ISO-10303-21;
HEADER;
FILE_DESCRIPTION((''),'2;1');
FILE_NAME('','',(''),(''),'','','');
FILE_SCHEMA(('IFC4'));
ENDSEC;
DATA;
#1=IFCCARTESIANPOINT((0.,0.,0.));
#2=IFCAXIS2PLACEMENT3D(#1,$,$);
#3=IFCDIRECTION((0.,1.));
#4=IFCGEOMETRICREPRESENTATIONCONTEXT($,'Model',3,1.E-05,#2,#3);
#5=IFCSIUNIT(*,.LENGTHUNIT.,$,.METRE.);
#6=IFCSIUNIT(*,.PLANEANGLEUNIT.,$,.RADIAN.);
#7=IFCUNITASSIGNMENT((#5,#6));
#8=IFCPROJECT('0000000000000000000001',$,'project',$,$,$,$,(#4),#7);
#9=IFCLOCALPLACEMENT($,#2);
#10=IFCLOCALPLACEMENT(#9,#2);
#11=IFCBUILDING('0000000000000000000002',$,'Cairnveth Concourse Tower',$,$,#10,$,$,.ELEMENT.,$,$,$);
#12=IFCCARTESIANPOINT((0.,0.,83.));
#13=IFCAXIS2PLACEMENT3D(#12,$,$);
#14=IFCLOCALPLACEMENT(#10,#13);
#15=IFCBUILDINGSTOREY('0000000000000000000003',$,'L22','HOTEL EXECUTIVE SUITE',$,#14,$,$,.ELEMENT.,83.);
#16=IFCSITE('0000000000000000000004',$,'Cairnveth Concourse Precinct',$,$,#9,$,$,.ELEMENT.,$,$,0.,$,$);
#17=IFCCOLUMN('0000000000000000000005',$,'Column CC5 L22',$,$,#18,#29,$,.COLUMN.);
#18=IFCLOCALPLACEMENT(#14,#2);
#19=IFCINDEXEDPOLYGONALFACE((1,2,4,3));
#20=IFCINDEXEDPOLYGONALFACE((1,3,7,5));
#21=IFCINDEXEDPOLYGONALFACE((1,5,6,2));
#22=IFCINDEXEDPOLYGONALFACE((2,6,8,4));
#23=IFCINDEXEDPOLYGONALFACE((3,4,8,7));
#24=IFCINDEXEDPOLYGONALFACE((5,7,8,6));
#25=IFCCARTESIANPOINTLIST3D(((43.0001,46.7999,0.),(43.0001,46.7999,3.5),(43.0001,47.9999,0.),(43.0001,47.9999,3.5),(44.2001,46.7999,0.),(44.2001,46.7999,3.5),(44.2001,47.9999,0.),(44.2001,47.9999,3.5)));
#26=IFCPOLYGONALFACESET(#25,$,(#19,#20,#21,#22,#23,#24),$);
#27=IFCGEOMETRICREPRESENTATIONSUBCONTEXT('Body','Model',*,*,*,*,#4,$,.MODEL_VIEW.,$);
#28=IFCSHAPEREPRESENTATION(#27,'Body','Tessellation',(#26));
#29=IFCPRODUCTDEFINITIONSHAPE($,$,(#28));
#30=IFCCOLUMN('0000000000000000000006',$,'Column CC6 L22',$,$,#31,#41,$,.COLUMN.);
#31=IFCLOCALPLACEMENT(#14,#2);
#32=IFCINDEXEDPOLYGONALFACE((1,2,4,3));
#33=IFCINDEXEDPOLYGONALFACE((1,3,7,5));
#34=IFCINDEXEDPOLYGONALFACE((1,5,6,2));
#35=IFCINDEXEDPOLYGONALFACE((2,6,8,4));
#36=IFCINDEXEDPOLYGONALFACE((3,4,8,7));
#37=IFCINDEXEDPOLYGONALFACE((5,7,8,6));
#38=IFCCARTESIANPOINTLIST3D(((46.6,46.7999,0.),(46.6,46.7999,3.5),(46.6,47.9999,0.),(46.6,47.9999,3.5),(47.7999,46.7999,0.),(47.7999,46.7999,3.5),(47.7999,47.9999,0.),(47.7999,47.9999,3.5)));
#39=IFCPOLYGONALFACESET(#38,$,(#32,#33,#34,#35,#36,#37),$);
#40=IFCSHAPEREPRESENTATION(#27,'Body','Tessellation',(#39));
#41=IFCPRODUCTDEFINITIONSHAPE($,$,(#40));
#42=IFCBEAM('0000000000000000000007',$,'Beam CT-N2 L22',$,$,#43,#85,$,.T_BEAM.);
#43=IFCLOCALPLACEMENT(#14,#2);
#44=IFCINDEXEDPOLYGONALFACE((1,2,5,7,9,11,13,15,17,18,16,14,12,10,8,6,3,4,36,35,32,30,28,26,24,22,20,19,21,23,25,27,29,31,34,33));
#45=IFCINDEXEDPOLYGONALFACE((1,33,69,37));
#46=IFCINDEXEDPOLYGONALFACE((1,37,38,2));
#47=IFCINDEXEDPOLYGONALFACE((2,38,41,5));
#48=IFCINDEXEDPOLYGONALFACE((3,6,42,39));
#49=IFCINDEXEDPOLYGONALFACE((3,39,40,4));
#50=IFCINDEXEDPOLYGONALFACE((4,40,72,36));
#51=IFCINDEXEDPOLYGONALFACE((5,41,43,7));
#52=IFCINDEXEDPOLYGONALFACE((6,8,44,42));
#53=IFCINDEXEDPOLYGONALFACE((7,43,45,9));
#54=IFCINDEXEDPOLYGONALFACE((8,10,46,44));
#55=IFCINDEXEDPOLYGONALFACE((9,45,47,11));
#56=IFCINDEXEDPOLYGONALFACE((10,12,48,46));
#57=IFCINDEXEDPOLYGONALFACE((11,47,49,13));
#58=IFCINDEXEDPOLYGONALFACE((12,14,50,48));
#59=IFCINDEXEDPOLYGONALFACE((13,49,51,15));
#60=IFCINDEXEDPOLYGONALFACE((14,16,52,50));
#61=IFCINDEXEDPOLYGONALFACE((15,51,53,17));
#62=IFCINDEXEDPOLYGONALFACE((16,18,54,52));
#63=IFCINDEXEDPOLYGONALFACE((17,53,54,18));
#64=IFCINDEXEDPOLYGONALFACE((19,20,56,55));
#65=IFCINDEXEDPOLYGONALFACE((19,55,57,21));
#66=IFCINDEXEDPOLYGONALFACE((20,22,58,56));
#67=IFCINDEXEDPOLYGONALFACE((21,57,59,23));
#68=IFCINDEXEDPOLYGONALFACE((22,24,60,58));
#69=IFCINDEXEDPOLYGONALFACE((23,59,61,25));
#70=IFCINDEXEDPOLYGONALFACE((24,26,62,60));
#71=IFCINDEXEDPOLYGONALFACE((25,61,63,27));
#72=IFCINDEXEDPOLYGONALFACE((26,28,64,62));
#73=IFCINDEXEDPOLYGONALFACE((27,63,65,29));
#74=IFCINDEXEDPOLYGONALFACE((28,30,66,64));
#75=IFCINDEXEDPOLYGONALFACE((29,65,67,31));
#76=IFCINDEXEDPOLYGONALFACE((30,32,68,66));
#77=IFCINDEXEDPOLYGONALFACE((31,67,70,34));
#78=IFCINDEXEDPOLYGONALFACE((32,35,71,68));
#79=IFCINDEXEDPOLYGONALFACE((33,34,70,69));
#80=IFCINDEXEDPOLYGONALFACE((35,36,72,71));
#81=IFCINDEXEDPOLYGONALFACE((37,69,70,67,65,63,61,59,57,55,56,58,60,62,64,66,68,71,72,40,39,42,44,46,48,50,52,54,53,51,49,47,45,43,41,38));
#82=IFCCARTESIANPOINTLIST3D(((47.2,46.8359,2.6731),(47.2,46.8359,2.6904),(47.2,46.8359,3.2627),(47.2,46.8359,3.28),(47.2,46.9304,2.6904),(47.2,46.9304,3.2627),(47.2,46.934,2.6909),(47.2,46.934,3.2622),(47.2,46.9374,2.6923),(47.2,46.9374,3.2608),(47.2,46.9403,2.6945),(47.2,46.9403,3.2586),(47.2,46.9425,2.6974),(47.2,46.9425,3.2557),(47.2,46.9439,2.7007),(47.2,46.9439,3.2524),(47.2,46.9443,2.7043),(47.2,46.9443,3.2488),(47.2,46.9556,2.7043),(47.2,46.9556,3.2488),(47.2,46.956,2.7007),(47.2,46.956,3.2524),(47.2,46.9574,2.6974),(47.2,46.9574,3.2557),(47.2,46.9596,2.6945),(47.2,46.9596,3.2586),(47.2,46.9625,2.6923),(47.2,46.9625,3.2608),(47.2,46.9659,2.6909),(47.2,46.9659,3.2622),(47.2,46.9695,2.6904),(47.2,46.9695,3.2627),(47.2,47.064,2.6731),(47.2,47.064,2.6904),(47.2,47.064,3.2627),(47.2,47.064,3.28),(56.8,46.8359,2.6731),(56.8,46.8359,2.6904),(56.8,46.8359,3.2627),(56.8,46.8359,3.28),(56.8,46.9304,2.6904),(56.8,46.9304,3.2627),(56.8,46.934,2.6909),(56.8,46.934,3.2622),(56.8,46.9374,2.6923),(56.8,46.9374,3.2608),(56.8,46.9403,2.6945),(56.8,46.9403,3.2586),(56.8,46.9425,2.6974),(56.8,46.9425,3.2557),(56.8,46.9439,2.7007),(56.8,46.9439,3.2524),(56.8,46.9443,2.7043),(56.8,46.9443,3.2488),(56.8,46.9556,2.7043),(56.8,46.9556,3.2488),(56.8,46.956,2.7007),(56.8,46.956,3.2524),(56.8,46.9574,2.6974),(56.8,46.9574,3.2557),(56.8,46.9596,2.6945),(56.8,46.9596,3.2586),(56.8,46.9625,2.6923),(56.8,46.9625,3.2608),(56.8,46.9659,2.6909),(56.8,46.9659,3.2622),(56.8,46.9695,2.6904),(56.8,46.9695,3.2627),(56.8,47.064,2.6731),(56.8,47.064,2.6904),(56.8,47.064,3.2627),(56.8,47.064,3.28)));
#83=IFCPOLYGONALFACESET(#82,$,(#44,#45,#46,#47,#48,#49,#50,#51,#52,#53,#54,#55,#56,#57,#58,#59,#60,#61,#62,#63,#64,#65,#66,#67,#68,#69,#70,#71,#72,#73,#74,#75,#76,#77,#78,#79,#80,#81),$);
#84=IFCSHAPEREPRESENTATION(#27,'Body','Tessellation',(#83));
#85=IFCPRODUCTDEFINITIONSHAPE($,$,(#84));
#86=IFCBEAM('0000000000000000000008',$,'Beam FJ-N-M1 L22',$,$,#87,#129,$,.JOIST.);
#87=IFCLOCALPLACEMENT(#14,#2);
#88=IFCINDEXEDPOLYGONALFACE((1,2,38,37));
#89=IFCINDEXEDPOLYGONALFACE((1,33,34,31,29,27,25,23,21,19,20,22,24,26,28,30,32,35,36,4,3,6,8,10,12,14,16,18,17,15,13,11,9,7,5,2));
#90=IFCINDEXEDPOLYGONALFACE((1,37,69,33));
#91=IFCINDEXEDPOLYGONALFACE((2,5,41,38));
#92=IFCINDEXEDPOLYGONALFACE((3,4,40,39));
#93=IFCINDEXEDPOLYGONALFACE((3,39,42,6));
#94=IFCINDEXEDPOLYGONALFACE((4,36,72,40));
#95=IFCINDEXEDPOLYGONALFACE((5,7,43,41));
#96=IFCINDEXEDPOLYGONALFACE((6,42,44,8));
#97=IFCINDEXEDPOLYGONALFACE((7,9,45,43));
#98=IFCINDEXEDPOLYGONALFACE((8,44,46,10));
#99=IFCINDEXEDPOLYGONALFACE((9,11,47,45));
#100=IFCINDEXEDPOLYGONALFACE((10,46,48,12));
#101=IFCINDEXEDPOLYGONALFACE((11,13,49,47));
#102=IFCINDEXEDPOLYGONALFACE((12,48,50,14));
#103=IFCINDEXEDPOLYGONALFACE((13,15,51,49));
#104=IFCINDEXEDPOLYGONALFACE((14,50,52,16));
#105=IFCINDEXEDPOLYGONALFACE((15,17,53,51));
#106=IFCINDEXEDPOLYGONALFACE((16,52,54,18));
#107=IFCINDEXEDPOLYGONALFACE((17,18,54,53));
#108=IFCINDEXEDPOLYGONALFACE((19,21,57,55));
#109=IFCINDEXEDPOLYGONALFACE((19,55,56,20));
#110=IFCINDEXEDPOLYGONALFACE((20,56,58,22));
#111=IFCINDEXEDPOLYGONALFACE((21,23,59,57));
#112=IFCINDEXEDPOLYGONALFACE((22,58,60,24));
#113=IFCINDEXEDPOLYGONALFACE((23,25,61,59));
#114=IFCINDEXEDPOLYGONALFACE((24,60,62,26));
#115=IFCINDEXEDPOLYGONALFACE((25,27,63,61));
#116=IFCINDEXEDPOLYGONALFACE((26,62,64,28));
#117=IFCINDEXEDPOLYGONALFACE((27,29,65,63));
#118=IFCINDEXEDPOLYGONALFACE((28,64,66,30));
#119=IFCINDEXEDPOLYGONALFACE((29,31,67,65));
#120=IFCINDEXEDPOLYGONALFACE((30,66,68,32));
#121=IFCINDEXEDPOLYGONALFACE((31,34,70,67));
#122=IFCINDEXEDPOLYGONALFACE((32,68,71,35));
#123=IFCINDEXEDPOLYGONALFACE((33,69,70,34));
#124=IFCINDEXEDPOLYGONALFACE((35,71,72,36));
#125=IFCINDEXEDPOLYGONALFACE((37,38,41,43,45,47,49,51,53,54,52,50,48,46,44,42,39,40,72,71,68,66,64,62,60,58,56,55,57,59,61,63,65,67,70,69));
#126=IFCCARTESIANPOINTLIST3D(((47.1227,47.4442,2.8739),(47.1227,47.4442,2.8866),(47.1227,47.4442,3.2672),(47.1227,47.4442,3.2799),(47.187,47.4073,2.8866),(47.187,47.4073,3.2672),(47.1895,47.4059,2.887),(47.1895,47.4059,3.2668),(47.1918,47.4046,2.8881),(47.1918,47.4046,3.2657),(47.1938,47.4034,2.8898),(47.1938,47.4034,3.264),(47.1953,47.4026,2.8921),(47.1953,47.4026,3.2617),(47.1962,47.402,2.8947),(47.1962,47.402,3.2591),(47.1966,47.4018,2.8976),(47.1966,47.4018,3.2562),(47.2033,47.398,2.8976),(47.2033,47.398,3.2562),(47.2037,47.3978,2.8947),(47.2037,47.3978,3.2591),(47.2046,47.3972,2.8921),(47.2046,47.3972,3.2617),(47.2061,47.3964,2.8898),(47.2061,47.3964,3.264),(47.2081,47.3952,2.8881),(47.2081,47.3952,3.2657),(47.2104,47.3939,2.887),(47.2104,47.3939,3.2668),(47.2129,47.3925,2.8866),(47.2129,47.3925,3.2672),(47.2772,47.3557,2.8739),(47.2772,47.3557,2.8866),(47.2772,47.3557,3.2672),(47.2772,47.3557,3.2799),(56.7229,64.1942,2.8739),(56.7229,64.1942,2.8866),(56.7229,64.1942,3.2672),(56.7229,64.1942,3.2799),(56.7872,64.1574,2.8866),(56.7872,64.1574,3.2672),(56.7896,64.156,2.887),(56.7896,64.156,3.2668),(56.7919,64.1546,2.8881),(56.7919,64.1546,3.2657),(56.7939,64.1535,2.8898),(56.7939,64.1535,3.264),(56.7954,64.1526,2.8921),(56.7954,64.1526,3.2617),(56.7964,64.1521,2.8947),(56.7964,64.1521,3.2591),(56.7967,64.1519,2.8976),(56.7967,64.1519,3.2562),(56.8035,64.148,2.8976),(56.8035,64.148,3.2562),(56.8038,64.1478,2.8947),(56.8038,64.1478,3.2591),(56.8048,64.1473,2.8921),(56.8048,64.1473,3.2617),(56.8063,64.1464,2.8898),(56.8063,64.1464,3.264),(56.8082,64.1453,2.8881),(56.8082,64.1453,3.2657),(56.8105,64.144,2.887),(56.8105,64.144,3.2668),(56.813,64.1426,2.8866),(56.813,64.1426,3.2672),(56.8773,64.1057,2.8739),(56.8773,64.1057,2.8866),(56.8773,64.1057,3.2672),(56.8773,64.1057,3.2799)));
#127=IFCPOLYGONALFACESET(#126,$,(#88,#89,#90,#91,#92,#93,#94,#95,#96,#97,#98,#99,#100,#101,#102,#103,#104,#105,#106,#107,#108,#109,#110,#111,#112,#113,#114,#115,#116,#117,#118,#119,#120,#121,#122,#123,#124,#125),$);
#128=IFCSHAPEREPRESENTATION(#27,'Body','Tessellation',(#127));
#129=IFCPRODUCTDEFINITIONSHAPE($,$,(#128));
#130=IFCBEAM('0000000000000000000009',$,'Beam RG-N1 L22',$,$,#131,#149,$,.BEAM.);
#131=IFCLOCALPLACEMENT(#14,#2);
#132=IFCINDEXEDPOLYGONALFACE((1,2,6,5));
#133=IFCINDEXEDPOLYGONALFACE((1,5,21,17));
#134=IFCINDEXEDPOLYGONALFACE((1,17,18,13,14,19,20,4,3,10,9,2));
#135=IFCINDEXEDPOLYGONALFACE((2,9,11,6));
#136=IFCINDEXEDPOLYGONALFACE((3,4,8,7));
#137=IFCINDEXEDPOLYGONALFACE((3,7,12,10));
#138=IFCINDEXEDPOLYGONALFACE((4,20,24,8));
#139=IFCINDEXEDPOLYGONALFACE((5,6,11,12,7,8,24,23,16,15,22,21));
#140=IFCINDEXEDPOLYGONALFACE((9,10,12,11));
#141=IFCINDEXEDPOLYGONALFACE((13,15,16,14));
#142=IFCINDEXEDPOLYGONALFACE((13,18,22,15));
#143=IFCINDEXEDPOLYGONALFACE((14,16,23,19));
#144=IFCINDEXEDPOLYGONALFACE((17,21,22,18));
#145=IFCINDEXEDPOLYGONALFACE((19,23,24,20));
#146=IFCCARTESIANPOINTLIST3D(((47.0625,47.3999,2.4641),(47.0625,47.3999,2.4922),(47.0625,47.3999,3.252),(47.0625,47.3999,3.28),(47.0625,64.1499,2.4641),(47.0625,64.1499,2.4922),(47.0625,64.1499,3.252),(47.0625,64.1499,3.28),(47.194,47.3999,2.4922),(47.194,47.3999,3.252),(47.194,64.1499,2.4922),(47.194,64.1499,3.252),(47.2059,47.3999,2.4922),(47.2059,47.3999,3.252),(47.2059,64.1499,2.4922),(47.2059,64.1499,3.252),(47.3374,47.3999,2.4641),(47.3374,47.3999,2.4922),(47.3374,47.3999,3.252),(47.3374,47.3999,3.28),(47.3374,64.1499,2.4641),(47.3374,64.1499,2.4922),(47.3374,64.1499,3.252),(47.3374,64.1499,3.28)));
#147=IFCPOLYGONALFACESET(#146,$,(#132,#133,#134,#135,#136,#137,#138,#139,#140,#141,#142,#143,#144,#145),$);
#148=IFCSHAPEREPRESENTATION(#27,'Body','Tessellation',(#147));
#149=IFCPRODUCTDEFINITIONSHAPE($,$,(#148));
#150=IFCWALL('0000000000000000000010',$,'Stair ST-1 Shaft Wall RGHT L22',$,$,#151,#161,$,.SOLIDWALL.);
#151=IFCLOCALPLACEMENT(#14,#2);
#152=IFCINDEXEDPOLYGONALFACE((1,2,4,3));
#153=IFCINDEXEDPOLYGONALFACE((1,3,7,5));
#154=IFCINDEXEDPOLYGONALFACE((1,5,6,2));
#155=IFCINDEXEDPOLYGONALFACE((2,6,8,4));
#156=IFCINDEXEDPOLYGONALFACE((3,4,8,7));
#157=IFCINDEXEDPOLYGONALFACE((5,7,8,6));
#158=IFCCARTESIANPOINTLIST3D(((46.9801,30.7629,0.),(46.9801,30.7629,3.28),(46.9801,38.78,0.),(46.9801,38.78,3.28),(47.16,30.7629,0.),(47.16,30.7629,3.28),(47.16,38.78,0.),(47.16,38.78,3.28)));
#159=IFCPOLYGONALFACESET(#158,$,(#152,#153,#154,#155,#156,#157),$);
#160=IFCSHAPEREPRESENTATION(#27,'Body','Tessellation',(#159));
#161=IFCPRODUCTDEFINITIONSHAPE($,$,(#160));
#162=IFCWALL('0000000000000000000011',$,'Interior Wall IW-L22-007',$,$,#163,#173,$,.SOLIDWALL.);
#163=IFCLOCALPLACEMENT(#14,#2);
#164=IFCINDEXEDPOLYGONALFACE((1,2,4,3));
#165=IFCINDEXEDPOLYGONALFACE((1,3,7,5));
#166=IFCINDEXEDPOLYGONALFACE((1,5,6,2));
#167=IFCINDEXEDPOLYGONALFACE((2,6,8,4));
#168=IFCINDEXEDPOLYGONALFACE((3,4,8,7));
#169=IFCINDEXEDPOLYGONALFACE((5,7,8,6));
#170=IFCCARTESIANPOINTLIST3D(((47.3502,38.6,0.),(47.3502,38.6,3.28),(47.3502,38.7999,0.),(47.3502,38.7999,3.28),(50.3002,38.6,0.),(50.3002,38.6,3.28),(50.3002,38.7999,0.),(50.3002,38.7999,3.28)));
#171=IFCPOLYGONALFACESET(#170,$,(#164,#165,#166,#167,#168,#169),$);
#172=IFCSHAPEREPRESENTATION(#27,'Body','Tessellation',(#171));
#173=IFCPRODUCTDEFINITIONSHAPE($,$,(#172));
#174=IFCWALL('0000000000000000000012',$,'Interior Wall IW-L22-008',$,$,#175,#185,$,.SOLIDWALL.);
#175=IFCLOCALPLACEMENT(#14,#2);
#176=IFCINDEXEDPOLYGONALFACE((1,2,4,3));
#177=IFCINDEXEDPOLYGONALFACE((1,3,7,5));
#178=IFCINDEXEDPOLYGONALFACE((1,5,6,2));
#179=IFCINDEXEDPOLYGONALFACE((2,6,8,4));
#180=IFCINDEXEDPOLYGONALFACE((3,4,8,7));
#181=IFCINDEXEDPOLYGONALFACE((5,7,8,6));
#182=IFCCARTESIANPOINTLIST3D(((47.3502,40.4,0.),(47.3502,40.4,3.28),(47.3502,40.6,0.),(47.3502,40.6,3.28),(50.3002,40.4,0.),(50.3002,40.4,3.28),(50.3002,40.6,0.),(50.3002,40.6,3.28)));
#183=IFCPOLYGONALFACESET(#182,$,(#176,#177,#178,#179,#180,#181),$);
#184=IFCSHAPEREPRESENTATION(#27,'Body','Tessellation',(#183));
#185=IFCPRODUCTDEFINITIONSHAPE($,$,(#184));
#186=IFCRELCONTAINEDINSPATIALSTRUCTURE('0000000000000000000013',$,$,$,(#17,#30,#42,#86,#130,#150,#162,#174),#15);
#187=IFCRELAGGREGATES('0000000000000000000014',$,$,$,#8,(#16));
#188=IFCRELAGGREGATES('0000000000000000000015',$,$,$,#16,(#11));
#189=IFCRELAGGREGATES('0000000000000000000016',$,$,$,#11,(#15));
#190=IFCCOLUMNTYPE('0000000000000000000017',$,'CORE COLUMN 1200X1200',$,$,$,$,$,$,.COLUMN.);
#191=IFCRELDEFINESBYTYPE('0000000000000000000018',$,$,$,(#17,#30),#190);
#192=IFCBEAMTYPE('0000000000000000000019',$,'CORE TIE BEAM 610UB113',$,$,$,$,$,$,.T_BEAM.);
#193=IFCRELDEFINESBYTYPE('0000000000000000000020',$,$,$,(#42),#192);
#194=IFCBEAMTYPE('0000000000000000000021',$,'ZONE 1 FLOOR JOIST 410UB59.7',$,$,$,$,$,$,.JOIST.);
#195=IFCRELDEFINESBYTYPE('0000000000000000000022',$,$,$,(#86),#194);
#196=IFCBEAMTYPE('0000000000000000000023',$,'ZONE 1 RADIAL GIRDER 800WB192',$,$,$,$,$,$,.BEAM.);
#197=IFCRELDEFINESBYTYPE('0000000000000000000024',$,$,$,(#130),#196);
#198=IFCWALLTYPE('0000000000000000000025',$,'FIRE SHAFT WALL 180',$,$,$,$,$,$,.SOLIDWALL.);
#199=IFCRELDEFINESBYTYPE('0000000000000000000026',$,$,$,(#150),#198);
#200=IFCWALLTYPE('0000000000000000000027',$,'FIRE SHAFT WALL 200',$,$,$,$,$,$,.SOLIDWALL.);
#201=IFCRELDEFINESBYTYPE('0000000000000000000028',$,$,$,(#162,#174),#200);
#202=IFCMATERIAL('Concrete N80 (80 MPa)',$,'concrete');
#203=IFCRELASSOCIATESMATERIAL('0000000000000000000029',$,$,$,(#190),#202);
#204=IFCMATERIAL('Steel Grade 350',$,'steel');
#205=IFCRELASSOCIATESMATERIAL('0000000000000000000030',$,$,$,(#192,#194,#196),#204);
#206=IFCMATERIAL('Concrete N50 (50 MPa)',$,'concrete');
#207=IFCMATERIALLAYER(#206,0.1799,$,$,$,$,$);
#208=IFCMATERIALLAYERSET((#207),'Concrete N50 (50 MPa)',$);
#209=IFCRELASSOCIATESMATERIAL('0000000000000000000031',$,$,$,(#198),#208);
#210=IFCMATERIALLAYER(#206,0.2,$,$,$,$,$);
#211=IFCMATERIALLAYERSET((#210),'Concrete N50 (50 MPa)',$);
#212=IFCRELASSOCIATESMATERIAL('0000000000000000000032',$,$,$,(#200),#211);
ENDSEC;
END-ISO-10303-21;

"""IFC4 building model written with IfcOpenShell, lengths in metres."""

from ifc_helpers import new_model, si_unit, direction, frame, frame_2d, origin, origin_2d, place, context, subcontext, project, spatial, rectangle, i_section, extrude, material, layer, layer_set, material_profile, profile_set, type_object, element, save


model = new_model("IFC4")

# Units and contexts
model_context = context("Model", 3, precision=1e-05, world=origin(), true_north=direction((0.0, 1.0)))
body_context = subcontext(model_context, "Body", "Model", "MODEL_VIEW")
ifc_project = project(units=[si_unit("LENGTHUNIT", "METRE"), si_unit("PLANEANGLEUNIT", "RADIAN")], contexts=[model_context])

# Site, building, storey
site_placement = place(None, origin())
site = spatial("IfcSite", under=ifc_project, at=site_placement, Name="Cairnveth Concourse Precinct", CompositionType="ELEMENT", RefElevation=0.0)
building_placement = place(site_placement, origin())
building = spatial("IfcBuilding", under=site, at=building_placement, Name="Cairnveth Concourse Tower", CompositionType="ELEMENT")
storey_placement = place(building_placement, frame((0.0, 0.0, 83.0)))
storey = spatial("IfcBuildingStorey", under=building, at=storey_placement, Name="L22", Description="HOTEL EXECUTIVE SUITE", CompositionType="ELEMENT", Elevation=83.0)

# Columns
ifc_material_1 = material(Name="Concrete N80 (80 MPa)", Category="concrete")
ifc_material_profile_1 = material_profile(ifc_material_1, rectangle(XDim=1.2, YDim=1.2, at=origin_2d()), Name="RC-COL-1200x1200")
ifc_profile_set_1 = profile_set([ifc_material_profile_1], Name="Concrete N80 (80 MPa)")
column_type = type_object("IfcColumnType", Name="CORE COLUMN 1200X1200", PredefinedType="COLUMN", material=ifc_profile_set_1)
for number, where, z_axis, x_axis, name in (
    (1, (43.6001, 47.3999, 0.0), (0.0, 0.0, 1.0), (1.0, 0.0, 0.0), "Column CC5 L22"),
    (2, (47.2, 47.3999, 0.0), (0.0, 0.0, 1.0), (1.0, 0.0, 0.0), "Column CC6 L22"),
):
    element("IfcColumn", number, at=place(storey_placement, frame(where, z_axis=z_axis, x_axis=x_axis)), inside=storey, type_object=column_type, Name=name, PredefinedType="COLUMN", context=body_context, shape_type="SweptSolid", body=[
        extrude(rectangle(XDim=1.2, YDim=1.2, at=origin_2d()), origin(), (0.0, 0.0, 1.0), 3.5),
    ])

# Beams
ifc_material_2 = material(Name="Steel Grade 350", Category="steel")
ifc_material_profile_2 = material_profile(ifc_material_2, i_section(OverallWidth=0.228, OverallDepth=0.6069, WebThickness=0.0112, FlangeThickness=0.0173, FilletRadius=0.0139, at=origin_2d()), Name="610UB113")
ifc_profile_set_2 = profile_set([ifc_material_profile_2], Name="Steel Grade 350")
beam_type_1 = type_object("IfcBeamType", Name="CORE TIE BEAM 610UB113", PredefinedType="T_BEAM", material=ifc_profile_set_2)
beam_1_placement = place(storey_placement, frame((47.2, 46.95, 2.9766), z_axis=(1.0, 0.0, 0.0), x_axis=(0.0, 1.0, 0.0)))
element("IfcBeam", 3, at=beam_1_placement, inside=storey, type_object=beam_type_1, Name="Beam CT-N2 L22", PredefinedType="T_BEAM", context=body_context, shape_type="SweptSolid", body=[
    extrude(i_section(OverallWidth=0.228, OverallDepth=0.6069, WebThickness=0.0112, FlangeThickness=0.0173, FilletRadius=0.0139, at=origin_2d()), origin(), (0.0, 0.0, 1.0), 9.6001),
])
ifc_material_profile_3 = material_profile(ifc_material_2, i_section(OverallWidth=0.178, OverallDepth=0.406, WebThickness=0.0078, FlangeThickness=0.0127, FilletRadius=0.011, at=origin_2d()), Name="410UB59.7")
ifc_profile_set_3 = profile_set([ifc_material_profile_3], Name="Steel Grade 350")
beam_type_2 = type_object("IfcBeamType", Name="ZONE 1 FLOOR JOIST 410UB59.7", PredefinedType="JOIST", material=ifc_profile_set_3)
beam_2_placement = place(storey_placement, frame((47.2, 47.3999, 3.0769), z_axis=(0.497258, 0.867603, 0.0), x_axis=(-0.867603, 0.497258, 0.0)))
element("IfcBeam", 4, at=beam_2_placement, inside=storey, type_object=beam_type_2, Name="Beam FJ-N-M1 L22", PredefinedType="JOIST", context=body_context, shape_type="SweptSolid", body=[
    extrude(i_section(OverallWidth=0.178, OverallDepth=0.406, WebThickness=0.0078, FlangeThickness=0.0127, FilletRadius=0.011, at=origin_2d()), origin(), (0.0, 0.0, 1.0), 19.3062),
])
ifc_material_profile_4 = material_profile(ifc_material_2, i_section(OverallWidth=0.2749, OverallDepth=0.8159, WebThickness=0.012, FlangeThickness=0.0281, at=origin_2d()), Name="800WB192")
ifc_profile_set_4 = profile_set([ifc_material_profile_4], Name="Steel Grade 350")
beam_type_3 = type_object("IfcBeamType", Name="ZONE 1 RADIAL GIRDER 800WB192", PredefinedType="BEAM", material=ifc_profile_set_4)
beam_3_placement = place(storey_placement, frame((47.2, 47.3999, 2.8721), z_axis=(0.0, 1.0, 0.0), x_axis=(-1.0, 0.0, 0.0)))
element("IfcBeam", 5, at=beam_3_placement, inside=storey, type_object=beam_type_3, Name="Beam RG-N1 L22", PredefinedType="BEAM", context=body_context, shape_type="SweptSolid", body=[
    extrude(i_section(OverallWidth=0.2749, OverallDepth=0.8159, WebThickness=0.012, FlangeThickness=0.0281, at=origin_2d()), origin(), (0.0, 0.0, 1.0), 16.75),
])

# Shared definitions
ifc_material_3 = material(Name="Concrete N50 (50 MPa)", Category="concrete")
ifc_layer_1 = layer(ifc_material_3, 0.1799)
ifc_layer_set_1 = layer_set([ifc_layer_1], Name="Concrete N50 (50 MPa)")
wall_type_1 = type_object("IfcWallType", Name="FIRE SHAFT WALL 180", PredefinedType="SOLIDWALL", material=ifc_layer_set_1)

# Walls
wall_1_placement = place(storey_placement, frame((47.0701, 38.78, 0.0), z_axis=(0.0, 0.0, 1.0), x_axis=(0.0, -1.0, 0.0)))
element("IfcWall", 6, at=wall_1_placement, inside=storey, type_object=wall_type_1, Name="Stair ST-1 Shaft Wall RGHT L22", PredefinedType="SOLIDWALL", context=body_context, shape_type="SweptSolid", body=[
    extrude(rectangle(XDim=8.0171, YDim=0.1799, at=frame_2d((4.0085, 0.0))), origin(), (0.0, 0.0, 1.0), 3.28),
])
ifc_layer_2 = layer(ifc_material_3, 0.2)
ifc_layer_set_2 = layer_set([ifc_layer_2], Name="Concrete N50 (50 MPa)")
wall_type_2 = type_object("IfcWallType", Name="FIRE SHAFT WALL 200", PredefinedType="SOLIDWALL", material=ifc_layer_set_2)
for number, where, z_axis, x_axis, name in (
    (7, (47.3501, 38.7, 0.0), (0.0, 0.0, 1.0), (1.0, 0.0, 0.0), "Interior Wall IW-L22-007"),
    (8, (47.3501, 40.5, 0.0), (0.0, 0.0, 1.0), (1.0, 0.0, 0.0), "Interior Wall IW-L22-008"),
):
    element("IfcWall", number, at=place(storey_placement, frame(where, z_axis=z_axis, x_axis=x_axis)), inside=storey, type_object=wall_type_2, Name=name, PredefinedType="SOLIDWALL", context=body_context, shape_type="SweptSolid", body=[
        extrude(rectangle(XDim=2.95, YDim=0.2, at=frame_2d((1.4751, 0.0))), origin(), (0.0, 0.0, 1.0), 3.28),
    ])

save(model, "model.ifc")
